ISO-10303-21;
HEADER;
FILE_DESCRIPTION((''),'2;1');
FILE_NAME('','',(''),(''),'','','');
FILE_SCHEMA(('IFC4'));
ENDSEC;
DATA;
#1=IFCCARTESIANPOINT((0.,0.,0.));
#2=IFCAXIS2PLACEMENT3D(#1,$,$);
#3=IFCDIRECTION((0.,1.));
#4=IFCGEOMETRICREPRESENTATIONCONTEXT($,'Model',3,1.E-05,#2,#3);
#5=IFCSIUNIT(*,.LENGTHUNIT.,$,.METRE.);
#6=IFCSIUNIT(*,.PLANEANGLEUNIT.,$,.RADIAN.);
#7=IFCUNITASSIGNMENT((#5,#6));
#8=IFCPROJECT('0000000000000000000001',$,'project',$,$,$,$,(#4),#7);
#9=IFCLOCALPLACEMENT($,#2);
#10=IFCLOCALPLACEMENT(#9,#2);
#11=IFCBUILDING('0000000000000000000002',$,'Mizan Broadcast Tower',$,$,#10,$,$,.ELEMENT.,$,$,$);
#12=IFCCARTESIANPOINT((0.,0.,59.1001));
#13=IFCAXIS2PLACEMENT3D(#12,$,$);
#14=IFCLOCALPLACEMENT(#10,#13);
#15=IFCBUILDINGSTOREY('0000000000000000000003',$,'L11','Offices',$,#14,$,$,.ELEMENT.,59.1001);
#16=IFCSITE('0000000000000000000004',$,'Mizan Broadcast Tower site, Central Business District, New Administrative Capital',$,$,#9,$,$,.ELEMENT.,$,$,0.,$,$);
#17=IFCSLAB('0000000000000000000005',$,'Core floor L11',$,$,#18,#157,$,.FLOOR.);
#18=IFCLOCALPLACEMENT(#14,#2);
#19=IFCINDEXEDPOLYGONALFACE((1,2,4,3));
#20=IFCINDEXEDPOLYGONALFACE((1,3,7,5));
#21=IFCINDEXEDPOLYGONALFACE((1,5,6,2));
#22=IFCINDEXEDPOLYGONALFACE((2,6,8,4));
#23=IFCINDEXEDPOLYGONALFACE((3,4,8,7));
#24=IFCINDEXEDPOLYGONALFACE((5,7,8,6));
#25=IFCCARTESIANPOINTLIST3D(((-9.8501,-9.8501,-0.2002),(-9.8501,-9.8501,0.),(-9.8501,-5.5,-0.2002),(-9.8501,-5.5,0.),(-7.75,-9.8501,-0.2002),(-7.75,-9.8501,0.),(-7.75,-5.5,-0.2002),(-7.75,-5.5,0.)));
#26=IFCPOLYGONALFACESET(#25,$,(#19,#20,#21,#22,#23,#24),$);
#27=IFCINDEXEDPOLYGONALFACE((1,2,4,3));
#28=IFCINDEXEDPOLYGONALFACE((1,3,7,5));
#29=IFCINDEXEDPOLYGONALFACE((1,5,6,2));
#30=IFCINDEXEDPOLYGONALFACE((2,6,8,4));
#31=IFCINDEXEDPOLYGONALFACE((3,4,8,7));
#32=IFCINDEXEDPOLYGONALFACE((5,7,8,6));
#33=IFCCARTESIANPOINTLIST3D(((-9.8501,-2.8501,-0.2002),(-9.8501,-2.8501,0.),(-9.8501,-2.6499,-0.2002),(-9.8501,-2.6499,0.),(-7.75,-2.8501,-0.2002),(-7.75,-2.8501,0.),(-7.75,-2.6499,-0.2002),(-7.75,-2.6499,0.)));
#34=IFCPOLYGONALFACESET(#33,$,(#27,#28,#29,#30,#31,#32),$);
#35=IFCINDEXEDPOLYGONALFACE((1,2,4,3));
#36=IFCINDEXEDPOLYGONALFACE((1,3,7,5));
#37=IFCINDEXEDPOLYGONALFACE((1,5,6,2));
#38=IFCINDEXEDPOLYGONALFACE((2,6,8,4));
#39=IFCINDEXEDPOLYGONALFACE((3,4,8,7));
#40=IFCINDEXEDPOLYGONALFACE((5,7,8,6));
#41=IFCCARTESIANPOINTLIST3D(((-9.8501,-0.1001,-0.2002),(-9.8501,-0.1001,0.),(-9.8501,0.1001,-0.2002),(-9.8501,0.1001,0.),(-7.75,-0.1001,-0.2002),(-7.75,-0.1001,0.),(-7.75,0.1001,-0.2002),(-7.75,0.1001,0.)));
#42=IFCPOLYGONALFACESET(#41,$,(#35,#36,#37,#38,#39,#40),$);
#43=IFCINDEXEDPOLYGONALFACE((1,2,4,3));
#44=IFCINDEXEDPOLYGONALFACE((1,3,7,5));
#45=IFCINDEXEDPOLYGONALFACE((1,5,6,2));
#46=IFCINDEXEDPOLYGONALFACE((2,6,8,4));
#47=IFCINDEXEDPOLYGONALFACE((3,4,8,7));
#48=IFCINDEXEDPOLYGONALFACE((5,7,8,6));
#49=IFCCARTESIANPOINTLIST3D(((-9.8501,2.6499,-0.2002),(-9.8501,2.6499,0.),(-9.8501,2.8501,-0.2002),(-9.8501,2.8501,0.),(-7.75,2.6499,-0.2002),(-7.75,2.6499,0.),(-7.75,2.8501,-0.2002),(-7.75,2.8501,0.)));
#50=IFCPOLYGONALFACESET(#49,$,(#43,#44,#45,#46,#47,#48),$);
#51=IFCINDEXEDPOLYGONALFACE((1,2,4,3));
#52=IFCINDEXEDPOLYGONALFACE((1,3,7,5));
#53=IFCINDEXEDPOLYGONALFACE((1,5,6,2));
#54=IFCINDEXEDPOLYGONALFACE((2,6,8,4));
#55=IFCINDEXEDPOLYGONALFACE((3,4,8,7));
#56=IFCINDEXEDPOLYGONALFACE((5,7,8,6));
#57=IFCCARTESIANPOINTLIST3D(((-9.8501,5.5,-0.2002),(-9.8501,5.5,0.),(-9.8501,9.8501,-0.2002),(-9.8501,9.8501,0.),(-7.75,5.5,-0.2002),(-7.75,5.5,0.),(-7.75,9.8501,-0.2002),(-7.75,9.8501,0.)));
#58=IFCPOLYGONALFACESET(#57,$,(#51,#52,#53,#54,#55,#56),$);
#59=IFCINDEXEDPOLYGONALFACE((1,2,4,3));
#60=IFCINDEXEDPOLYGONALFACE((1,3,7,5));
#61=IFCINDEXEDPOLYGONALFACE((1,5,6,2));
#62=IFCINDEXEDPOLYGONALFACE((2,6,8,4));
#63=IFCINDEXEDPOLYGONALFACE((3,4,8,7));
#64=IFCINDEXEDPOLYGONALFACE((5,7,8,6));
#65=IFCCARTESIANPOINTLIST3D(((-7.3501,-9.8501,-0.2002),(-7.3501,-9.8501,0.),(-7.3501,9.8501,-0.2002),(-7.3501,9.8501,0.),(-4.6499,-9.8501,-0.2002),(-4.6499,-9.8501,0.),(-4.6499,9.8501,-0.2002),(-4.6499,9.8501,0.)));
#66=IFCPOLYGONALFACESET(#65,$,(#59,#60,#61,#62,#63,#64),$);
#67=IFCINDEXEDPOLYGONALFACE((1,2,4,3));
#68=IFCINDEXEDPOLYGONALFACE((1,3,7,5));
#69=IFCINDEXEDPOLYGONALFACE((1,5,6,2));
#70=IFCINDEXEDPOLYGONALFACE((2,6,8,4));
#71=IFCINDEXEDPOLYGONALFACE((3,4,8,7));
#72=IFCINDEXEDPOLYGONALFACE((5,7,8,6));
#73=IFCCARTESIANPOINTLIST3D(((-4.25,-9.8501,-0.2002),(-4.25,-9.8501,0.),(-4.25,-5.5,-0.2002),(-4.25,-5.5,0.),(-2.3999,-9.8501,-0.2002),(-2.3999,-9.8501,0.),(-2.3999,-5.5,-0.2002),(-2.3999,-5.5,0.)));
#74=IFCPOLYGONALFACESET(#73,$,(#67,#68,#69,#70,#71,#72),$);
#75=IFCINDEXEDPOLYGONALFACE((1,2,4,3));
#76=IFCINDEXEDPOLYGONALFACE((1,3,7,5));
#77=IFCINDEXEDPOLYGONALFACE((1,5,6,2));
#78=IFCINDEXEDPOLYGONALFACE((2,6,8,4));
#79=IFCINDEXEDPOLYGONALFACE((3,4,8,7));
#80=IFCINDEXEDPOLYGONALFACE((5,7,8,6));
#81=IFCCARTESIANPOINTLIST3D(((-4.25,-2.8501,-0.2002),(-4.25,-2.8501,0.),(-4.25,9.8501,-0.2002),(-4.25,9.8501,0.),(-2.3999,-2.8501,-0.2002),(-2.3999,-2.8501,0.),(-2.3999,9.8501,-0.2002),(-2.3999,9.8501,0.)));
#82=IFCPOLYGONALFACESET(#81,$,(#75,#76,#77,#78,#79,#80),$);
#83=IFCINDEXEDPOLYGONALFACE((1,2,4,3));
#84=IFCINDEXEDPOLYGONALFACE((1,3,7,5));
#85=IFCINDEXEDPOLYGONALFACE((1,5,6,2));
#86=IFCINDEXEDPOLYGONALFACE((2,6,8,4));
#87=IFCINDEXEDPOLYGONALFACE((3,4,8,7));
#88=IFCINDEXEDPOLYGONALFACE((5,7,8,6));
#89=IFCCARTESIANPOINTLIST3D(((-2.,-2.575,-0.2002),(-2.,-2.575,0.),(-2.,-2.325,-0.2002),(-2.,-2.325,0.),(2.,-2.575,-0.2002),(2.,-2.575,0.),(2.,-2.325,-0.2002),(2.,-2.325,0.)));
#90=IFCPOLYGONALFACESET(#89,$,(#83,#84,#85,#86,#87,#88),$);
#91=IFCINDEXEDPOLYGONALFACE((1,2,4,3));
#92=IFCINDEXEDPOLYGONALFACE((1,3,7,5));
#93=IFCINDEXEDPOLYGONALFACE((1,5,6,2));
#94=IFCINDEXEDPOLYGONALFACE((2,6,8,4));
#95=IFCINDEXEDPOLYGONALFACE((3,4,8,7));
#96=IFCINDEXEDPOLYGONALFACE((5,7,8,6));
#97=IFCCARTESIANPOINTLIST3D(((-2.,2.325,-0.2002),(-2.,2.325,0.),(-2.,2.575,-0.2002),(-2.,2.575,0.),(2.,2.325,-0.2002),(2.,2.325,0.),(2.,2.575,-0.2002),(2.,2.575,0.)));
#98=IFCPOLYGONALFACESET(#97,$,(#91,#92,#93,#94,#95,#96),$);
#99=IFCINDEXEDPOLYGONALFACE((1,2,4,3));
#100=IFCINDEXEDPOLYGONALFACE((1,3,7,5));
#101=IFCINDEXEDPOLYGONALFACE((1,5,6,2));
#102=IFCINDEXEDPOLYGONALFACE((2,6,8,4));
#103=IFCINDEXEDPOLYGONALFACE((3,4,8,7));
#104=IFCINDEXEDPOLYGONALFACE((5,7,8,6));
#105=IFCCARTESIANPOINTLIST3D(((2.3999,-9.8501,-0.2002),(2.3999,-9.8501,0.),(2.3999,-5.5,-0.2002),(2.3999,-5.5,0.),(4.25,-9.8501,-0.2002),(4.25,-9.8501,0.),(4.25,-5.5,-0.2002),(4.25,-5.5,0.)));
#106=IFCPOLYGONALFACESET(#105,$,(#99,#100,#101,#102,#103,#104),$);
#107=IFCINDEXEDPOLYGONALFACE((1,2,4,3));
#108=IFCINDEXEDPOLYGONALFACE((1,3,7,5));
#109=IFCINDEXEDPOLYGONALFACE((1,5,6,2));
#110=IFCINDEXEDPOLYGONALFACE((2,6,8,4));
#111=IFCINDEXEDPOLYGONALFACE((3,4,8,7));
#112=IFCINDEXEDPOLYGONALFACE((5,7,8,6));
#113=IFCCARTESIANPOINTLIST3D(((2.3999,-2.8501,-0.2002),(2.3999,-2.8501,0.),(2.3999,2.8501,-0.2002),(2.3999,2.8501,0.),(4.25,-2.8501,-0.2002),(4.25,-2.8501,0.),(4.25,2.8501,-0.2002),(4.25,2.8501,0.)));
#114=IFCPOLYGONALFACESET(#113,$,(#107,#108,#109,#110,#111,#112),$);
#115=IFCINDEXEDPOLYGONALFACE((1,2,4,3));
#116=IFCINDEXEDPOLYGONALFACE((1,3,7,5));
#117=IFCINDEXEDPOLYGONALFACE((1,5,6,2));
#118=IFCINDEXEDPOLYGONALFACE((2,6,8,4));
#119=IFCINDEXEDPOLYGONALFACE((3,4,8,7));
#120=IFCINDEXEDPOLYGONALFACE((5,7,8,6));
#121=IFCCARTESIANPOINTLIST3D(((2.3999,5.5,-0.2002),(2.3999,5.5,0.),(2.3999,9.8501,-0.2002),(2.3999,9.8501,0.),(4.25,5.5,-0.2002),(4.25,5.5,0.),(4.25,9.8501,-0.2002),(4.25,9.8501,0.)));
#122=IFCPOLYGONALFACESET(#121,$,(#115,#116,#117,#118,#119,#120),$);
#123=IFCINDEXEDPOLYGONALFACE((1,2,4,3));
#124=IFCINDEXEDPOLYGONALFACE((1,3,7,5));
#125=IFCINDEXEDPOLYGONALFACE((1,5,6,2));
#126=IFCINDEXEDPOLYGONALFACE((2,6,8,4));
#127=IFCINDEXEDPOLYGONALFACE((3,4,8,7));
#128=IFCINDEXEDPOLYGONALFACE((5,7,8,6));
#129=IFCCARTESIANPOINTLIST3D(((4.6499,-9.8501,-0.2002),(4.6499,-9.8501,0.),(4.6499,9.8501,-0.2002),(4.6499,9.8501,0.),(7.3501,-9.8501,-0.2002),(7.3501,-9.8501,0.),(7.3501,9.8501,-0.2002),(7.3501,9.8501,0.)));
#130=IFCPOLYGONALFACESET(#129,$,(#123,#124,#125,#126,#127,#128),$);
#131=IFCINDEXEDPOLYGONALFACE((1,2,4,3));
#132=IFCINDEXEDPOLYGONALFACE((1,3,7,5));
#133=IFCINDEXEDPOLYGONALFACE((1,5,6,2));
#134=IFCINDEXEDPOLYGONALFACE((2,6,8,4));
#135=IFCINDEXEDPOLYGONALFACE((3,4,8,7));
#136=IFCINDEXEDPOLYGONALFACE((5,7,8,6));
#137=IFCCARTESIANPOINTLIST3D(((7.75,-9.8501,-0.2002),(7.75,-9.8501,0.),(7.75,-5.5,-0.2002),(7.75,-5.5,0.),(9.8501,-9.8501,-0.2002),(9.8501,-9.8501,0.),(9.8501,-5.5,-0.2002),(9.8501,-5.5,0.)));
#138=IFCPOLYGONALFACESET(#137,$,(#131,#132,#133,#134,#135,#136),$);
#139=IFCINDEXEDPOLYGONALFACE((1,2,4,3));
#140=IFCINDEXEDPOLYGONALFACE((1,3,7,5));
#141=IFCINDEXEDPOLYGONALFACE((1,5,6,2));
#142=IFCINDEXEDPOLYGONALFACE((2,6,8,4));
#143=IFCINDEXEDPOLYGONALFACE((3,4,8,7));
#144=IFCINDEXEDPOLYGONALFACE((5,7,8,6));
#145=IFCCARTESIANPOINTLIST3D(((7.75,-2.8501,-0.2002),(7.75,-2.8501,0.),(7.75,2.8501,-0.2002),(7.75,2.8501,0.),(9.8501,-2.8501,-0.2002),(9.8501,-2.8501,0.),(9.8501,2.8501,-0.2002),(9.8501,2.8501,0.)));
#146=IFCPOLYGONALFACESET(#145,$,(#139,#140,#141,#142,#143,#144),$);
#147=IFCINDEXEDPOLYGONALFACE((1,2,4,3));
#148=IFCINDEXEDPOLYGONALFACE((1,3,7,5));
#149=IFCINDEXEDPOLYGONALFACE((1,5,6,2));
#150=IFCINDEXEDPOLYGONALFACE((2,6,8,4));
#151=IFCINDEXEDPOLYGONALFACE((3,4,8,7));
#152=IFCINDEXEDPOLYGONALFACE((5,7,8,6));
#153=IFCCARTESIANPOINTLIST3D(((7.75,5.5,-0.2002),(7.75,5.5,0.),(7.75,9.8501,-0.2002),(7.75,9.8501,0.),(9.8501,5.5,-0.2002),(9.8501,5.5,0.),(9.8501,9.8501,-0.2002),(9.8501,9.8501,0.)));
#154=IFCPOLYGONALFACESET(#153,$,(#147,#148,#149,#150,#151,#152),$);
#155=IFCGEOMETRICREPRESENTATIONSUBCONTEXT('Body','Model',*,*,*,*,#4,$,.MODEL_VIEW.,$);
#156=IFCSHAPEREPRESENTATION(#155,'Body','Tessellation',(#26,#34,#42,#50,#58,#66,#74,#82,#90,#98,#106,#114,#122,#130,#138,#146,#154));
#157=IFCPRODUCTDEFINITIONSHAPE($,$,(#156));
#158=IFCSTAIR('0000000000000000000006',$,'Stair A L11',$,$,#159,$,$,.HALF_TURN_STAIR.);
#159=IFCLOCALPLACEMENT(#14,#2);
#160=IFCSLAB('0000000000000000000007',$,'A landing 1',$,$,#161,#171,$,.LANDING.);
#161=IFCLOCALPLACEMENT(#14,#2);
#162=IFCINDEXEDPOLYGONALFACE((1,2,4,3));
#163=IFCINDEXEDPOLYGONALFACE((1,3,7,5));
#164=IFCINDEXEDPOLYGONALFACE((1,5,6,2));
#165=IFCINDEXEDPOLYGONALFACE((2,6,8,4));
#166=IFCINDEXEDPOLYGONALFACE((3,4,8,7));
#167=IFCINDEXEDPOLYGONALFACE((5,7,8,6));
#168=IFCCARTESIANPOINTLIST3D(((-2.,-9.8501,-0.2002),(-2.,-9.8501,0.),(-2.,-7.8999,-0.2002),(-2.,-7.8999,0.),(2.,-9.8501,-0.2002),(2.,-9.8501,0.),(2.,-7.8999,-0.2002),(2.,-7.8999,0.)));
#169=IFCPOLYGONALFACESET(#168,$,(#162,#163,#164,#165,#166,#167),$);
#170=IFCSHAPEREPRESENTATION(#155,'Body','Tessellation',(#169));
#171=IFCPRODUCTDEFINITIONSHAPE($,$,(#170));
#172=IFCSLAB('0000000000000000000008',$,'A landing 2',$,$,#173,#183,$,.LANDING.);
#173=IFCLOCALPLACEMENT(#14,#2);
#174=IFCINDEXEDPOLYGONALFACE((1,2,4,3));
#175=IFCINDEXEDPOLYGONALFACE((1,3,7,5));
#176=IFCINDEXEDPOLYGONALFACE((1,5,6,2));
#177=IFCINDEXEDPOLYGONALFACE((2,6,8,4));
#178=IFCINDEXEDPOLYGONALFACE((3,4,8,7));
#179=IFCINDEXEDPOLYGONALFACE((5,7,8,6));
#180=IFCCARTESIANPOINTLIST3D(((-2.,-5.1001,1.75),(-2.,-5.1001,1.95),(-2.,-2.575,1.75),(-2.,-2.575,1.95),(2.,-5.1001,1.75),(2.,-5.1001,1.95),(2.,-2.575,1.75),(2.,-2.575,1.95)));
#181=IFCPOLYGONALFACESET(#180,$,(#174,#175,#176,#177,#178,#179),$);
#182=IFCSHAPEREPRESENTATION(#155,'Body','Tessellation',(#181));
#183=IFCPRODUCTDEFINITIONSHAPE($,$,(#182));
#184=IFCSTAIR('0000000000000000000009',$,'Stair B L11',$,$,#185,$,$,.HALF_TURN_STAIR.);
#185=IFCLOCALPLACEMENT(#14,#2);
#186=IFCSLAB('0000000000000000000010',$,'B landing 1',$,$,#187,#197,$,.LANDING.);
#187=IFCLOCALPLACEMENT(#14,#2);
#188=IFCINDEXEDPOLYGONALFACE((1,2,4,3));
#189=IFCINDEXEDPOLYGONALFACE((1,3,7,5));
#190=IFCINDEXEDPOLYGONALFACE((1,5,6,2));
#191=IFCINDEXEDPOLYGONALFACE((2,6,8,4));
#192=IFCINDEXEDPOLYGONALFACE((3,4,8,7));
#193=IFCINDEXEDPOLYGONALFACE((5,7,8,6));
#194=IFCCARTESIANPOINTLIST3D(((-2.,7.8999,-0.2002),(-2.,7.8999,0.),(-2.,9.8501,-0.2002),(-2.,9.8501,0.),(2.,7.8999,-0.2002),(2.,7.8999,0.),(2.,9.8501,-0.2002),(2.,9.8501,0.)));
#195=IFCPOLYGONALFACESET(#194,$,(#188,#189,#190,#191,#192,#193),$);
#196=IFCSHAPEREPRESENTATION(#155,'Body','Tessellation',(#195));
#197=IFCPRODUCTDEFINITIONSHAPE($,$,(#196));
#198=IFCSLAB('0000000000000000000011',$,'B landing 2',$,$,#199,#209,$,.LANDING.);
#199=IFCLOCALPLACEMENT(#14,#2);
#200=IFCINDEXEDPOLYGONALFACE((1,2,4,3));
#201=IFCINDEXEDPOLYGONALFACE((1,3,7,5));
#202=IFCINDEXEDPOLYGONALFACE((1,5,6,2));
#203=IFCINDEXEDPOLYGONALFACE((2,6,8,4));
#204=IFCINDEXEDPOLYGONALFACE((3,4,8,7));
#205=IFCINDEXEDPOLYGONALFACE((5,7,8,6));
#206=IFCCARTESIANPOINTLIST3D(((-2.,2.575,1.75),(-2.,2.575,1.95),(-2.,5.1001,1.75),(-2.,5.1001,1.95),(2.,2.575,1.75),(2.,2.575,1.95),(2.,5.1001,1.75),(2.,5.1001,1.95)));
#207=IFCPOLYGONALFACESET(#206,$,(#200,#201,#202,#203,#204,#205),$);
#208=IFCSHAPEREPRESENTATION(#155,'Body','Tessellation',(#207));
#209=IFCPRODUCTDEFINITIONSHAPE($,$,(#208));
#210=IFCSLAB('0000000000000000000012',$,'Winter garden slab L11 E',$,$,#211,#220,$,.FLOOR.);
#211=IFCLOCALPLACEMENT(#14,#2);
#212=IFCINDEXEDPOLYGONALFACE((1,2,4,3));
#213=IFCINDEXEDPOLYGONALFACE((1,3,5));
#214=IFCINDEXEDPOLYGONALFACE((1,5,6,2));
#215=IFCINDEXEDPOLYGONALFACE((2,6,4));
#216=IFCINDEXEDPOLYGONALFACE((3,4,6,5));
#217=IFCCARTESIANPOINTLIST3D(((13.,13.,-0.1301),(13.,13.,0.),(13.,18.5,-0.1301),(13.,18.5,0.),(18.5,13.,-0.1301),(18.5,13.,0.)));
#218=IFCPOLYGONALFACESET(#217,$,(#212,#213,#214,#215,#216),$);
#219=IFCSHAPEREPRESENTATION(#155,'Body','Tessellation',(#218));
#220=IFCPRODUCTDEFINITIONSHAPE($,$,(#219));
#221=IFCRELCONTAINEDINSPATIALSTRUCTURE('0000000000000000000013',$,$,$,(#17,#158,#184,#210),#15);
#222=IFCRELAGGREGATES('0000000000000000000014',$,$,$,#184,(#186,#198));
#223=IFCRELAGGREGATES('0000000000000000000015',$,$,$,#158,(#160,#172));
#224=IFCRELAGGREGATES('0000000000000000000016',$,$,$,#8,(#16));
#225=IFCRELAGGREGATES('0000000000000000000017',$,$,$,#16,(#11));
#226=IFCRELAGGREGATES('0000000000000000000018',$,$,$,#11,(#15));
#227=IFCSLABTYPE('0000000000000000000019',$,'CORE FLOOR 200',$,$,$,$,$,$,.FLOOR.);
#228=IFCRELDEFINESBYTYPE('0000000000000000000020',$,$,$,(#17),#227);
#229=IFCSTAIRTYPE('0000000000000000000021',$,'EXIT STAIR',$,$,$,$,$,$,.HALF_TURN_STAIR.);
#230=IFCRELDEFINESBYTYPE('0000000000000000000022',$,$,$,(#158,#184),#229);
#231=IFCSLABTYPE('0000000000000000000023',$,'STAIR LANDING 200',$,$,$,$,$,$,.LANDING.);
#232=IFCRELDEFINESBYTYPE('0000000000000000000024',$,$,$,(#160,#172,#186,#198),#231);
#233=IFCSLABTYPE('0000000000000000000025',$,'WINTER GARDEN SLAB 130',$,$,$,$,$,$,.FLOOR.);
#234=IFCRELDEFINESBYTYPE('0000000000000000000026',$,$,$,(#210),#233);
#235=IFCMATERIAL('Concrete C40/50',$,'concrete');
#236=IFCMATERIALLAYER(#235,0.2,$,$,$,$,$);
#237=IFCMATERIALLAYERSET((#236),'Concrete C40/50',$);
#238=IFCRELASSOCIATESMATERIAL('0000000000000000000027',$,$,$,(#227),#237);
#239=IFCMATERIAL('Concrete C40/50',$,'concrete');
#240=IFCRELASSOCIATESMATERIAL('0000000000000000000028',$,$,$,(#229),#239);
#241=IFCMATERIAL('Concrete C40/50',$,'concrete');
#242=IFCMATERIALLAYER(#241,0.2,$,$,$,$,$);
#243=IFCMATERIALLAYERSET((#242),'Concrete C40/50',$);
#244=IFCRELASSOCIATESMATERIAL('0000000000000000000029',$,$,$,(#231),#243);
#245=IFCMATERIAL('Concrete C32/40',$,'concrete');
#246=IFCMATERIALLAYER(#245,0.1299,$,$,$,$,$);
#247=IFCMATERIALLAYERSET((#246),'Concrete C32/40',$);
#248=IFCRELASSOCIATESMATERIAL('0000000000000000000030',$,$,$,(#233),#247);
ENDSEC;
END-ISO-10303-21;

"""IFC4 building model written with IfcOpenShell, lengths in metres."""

from ifc_helpers import new_model, si_unit, direction, frame, origin, place, context, subcontext, project, spatial, polyline, outline, extrude, material, layer, layer_set, type_object, element, aggregate, save


model = new_model("IFC4")

# Units and contexts
model_context = context("Model", 3, precision=1e-05, world=origin(), true_north=direction((0.0, 1.0)))
body_context = subcontext(model_context, "Body", "Model", "MODEL_VIEW")
ifc_project = project(units=[si_unit("LENGTHUNIT", "METRE"), si_unit("PLANEANGLEUNIT", "RADIAN")], contexts=[model_context])

# Site, building, storey
site_placement = place(None, origin())
site = spatial("IfcSite", under=ifc_project, at=site_placement, Name="Mizan Broadcast Tower site, Central Business District, New Administrative Capital", CompositionType="ELEMENT", RefElevation=0.0)
building_placement = place(site_placement, origin())
building = spatial("IfcBuilding", under=site, at=building_placement, Name="Mizan Broadcast Tower", CompositionType="ELEMENT")
storey_placement = place(building_placement, frame((0.0, 0.0, 59.1001)))
storey = spatial("IfcBuildingStorey", under=building, at=storey_placement, Name="L11", Description="Offices", CompositionType="ELEMENT", Elevation=59.1001)

# Slab
ifc_material_1 = material(Name="Concrete C40/50", Category="concrete")
ifc_layer_1 = layer(ifc_material_1, 0.2)
ifc_layer_set_1 = layer_set([ifc_layer_1], Name="Concrete C40/50")
slab_type_1 = type_object("IfcSlabType", Name="CORE FLOOR 200", PredefinedType="FLOOR", material=ifc_layer_set_1)
slab_1_placement = place(storey_placement, frame((0.0, 0.0, -0.2002)))
element("IfcSlab", 1, at=slab_1_placement, inside=storey, type_object=slab_type_1, Name="Core floor L11", PredefinedType="FLOOR", context=body_context, shape_type="SweptSolid", body=[
    extrude(outline(polyline([(-9.8501, -9.8501), (-7.75, -9.8501), (-7.75, -5.5), (-9.8501, -5.5), (-9.8501, -9.8501)])), origin(), (0.0, 0.0, 1.0), 0.2002),
    extrude(outline(polyline([(-9.8501, -2.8501), (-7.75, -2.8501), (-7.75, -2.6499), (-9.8501, -2.6499), (-9.8501, -2.8501)])), origin(), (0.0, 0.0, 1.0), 0.2002),
    extrude(outline(polyline([(-9.8501, -0.1001), (-7.75, -0.1001), (-7.75, 0.1001), (-9.8501, 0.1001), (-9.8501, -0.1001)])), origin(), (0.0, 0.0, 1.0), 0.2002),
    extrude(outline(polyline([(-9.8501, 2.6499), (-7.75, 2.6499), (-7.75, 2.8501), (-9.8501, 2.8501), (-9.8501, 2.6499)])), origin(), (0.0, 0.0, 1.0), 0.2002),
    extrude(outline(polyline([(-9.8501, 5.5), (-7.75, 5.5), (-7.75, 9.8501), (-9.8501, 9.8501), (-9.8501, 5.5)])), origin(), (0.0, 0.0, 1.0), 0.2002),
    extrude(outline(polyline([(-4.6499, 9.8501), (-7.3501, 9.8501), (-7.3501, -9.8501), (-4.6499, -9.8501), (-4.6499, 9.8501)])), origin(), (0.0, 0.0, 1.0), 0.2002),
    extrude(outline(polyline([(-4.25, -5.5), (-4.25, -9.8501), (-2.3999, -9.8501), (-2.3999, -5.5), (-4.25, -5.5)])), origin(), (0.0, 0.0, 1.0), 0.2002),
    extrude(outline(polyline([(-4.25, -2.8501), (-2.3999, -2.8501), (-2.3999, 9.8501), (-4.25, 9.8501), (-4.25, -2.8501)])), origin(), (0.0, 0.0, 1.0), 0.2002),
    extrude(outline(polyline([(2.0, -2.325), (-2.0, -2.325), (-2.0, -2.575), (2.0, -2.575), (2.0, -2.325)])), origin(), (0.0, 0.0, 1.0), 0.2002),
    extrude(outline(polyline([(2.0, 2.575), (-2.0, 2.575), (-2.0, 2.325), (2.0, 2.325), (2.0, 2.575)])), origin(), (0.0, 0.0, 1.0), 0.2002),
    extrude(outline(polyline([(4.25, -9.8501), (4.25, -5.5), (2.3999, -5.5), (2.3999, -9.8501), (4.25, -9.8501)])), origin(), (0.0, 0.0, 1.0), 0.2002),
    extrude(outline(polyline([(4.25, -2.8501), (4.25, 2.8501), (2.3999, 2.8501), (2.3999, -2.8501), (4.25, -2.8501)])), origin(), (0.0, 0.0, 1.0), 0.2002),
    extrude(outline(polyline([(4.25, 5.5), (4.25, 9.8501), (2.3999, 9.8501), (2.3999, 5.5), (4.25, 5.5)])), origin(), (0.0, 0.0, 1.0), 0.2002),
    extrude(outline(polyline([(4.6499, 9.8501), (4.6499, -9.8501), (7.3501, -9.8501), (7.3501, 9.8501), (4.6499, 9.8501)])), origin(), (0.0, 0.0, 1.0), 0.2002),
    extrude(outline(polyline([(9.8501, -9.8501), (9.8501, -5.5), (7.75, -5.5), (7.75, -9.8501), (9.8501, -9.8501)])), origin(), (0.0, 0.0, 1.0), 0.2002),
    extrude(outline(polyline([(7.75, 2.8501), (7.75, -2.8501), (9.8501, -2.8501), (9.8501, 2.8501), (7.75, 2.8501)])), origin(), (0.0, 0.0, 1.0), 0.2002),
    extrude(outline(polyline([(9.8501, 5.5), (9.8501, 9.8501), (7.75, 9.8501), (7.75, 5.5), (9.8501, 5.5)])), origin(), (0.0, 0.0, 1.0), 0.2002),
])

# Stairs, slabs
ifc_material_2 = material(Name="Concrete C40/50", Category="concrete")
stair_type = type_object("IfcStairType", Name="EXIT STAIR", PredefinedType="HALF_TURN_STAIR", material=ifc_material_2)
stair_1_placement = place(storey_placement, origin())
stair_1 = element("IfcStair", 2, at=stair_1_placement, inside=storey, type_object=stair_type, Name="Stair A L11", PredefinedType="HALF_TURN_STAIR")
ifc_material_3 = material(Name="Concrete C40/50", Category="concrete")
ifc_layer_2 = layer(ifc_material_3, 0.2)
ifc_layer_set_2 = layer_set([ifc_layer_2], Name="Concrete C40/50")
slab_type_2 = type_object("IfcSlabType", Name="STAIR LANDING 200", PredefinedType="LANDING", material=ifc_layer_set_2)
slab_2_placement = place(storey_placement, frame((0.0, 0.0, -0.2002)))
slab_2 = element("IfcSlab", 3, at=slab_2_placement, type_object=slab_type_2, Name="A landing 1", PredefinedType="LANDING", context=body_context, shape_type="SweptSolid", body=[
    extrude(outline(polyline([(-2.0, -9.8501), (-2.0, -7.8999), (2.0, -7.8999), (2.0, -9.8501), (-2.0, -9.8501)])), origin(), (0.0, 0.0, 1.0), 0.2002),
])
slab_3_placement = place(storey_placement, frame((0.0, 0.0, 1.75)))
slab_3 = element("IfcSlab", 4, at=slab_3_placement, type_object=slab_type_2, Name="A landing 2", PredefinedType="LANDING", context=body_context, shape_type="SweptSolid", body=[
    extrude(outline(polyline([(-2.0, -5.1001), (-2.0, -2.575), (2.0, -2.575), (2.0, -5.1001), (-2.0, -5.1001)])), origin(), (0.0, 0.0, 1.0), 0.2),
])
stair_2_placement = place(storey_placement, origin())
stair_2 = element("IfcStair", 5, at=stair_2_placement, inside=storey, type_object=stair_type, Name="Stair B L11", PredefinedType="HALF_TURN_STAIR")
slab_4_placement = place(storey_placement, frame((0.0, 0.0, -0.2002)))
slab_4 = element("IfcSlab", 6, at=slab_4_placement, type_object=slab_type_2, Name="B landing 1", PredefinedType="LANDING", context=body_context, shape_type="SweptSolid", body=[
    extrude(outline(polyline([(2.0, 9.8501), (2.0, 7.8999), (-2.0, 7.8999), (-2.0, 9.8501), (2.0, 9.8501)])), origin(), (0.0, 0.0, 1.0), 0.2002),
])
slab_5_placement = place(storey_placement, frame((0.0, 0.0, 1.75)))
slab_5 = element("IfcSlab", 7, at=slab_5_placement, type_object=slab_type_2, Name="B landing 2", PredefinedType="LANDING", context=body_context, shape_type="SweptSolid", body=[
    extrude(outline(polyline([(2.0, 5.1001), (2.0, 2.575), (-2.0, 2.575), (-2.0, 5.1001), (2.0, 5.1001)])), origin(), (0.0, 0.0, 1.0), 0.2),
])
aggregate(stair_2, [slab_4, slab_5])

# Slab
ifc_material_4 = material(Name="Concrete C32/40", Category="concrete")
ifc_layer_3 = layer(ifc_material_4, 0.1299)
ifc_layer_set_3 = layer_set([ifc_layer_3], Name="Concrete C32/40")
slab_type_3 = type_object("IfcSlabType", Name="WINTER GARDEN SLAB 130", PredefinedType="FLOOR", material=ifc_layer_set_3)
slab_6_placement = place(storey_placement, frame((0.0, 0.0, -0.1301)))
element("IfcSlab", 8, at=slab_6_placement, inside=storey, type_object=slab_type_3, Name="Winter garden slab L11 E", PredefinedType="FLOOR", context=body_context, shape_type="SweptSolid", body=[
    extrude(outline(polyline([(13.0, 13.0), (18.5, 13.0), (13.0, 18.5), (13.0, 13.0)])), origin(), (0.0, 0.0, 1.0), 0.1301),
])

aggregate(stair_1, [slab_2, slab_3])

save(model, "model.ifc")
